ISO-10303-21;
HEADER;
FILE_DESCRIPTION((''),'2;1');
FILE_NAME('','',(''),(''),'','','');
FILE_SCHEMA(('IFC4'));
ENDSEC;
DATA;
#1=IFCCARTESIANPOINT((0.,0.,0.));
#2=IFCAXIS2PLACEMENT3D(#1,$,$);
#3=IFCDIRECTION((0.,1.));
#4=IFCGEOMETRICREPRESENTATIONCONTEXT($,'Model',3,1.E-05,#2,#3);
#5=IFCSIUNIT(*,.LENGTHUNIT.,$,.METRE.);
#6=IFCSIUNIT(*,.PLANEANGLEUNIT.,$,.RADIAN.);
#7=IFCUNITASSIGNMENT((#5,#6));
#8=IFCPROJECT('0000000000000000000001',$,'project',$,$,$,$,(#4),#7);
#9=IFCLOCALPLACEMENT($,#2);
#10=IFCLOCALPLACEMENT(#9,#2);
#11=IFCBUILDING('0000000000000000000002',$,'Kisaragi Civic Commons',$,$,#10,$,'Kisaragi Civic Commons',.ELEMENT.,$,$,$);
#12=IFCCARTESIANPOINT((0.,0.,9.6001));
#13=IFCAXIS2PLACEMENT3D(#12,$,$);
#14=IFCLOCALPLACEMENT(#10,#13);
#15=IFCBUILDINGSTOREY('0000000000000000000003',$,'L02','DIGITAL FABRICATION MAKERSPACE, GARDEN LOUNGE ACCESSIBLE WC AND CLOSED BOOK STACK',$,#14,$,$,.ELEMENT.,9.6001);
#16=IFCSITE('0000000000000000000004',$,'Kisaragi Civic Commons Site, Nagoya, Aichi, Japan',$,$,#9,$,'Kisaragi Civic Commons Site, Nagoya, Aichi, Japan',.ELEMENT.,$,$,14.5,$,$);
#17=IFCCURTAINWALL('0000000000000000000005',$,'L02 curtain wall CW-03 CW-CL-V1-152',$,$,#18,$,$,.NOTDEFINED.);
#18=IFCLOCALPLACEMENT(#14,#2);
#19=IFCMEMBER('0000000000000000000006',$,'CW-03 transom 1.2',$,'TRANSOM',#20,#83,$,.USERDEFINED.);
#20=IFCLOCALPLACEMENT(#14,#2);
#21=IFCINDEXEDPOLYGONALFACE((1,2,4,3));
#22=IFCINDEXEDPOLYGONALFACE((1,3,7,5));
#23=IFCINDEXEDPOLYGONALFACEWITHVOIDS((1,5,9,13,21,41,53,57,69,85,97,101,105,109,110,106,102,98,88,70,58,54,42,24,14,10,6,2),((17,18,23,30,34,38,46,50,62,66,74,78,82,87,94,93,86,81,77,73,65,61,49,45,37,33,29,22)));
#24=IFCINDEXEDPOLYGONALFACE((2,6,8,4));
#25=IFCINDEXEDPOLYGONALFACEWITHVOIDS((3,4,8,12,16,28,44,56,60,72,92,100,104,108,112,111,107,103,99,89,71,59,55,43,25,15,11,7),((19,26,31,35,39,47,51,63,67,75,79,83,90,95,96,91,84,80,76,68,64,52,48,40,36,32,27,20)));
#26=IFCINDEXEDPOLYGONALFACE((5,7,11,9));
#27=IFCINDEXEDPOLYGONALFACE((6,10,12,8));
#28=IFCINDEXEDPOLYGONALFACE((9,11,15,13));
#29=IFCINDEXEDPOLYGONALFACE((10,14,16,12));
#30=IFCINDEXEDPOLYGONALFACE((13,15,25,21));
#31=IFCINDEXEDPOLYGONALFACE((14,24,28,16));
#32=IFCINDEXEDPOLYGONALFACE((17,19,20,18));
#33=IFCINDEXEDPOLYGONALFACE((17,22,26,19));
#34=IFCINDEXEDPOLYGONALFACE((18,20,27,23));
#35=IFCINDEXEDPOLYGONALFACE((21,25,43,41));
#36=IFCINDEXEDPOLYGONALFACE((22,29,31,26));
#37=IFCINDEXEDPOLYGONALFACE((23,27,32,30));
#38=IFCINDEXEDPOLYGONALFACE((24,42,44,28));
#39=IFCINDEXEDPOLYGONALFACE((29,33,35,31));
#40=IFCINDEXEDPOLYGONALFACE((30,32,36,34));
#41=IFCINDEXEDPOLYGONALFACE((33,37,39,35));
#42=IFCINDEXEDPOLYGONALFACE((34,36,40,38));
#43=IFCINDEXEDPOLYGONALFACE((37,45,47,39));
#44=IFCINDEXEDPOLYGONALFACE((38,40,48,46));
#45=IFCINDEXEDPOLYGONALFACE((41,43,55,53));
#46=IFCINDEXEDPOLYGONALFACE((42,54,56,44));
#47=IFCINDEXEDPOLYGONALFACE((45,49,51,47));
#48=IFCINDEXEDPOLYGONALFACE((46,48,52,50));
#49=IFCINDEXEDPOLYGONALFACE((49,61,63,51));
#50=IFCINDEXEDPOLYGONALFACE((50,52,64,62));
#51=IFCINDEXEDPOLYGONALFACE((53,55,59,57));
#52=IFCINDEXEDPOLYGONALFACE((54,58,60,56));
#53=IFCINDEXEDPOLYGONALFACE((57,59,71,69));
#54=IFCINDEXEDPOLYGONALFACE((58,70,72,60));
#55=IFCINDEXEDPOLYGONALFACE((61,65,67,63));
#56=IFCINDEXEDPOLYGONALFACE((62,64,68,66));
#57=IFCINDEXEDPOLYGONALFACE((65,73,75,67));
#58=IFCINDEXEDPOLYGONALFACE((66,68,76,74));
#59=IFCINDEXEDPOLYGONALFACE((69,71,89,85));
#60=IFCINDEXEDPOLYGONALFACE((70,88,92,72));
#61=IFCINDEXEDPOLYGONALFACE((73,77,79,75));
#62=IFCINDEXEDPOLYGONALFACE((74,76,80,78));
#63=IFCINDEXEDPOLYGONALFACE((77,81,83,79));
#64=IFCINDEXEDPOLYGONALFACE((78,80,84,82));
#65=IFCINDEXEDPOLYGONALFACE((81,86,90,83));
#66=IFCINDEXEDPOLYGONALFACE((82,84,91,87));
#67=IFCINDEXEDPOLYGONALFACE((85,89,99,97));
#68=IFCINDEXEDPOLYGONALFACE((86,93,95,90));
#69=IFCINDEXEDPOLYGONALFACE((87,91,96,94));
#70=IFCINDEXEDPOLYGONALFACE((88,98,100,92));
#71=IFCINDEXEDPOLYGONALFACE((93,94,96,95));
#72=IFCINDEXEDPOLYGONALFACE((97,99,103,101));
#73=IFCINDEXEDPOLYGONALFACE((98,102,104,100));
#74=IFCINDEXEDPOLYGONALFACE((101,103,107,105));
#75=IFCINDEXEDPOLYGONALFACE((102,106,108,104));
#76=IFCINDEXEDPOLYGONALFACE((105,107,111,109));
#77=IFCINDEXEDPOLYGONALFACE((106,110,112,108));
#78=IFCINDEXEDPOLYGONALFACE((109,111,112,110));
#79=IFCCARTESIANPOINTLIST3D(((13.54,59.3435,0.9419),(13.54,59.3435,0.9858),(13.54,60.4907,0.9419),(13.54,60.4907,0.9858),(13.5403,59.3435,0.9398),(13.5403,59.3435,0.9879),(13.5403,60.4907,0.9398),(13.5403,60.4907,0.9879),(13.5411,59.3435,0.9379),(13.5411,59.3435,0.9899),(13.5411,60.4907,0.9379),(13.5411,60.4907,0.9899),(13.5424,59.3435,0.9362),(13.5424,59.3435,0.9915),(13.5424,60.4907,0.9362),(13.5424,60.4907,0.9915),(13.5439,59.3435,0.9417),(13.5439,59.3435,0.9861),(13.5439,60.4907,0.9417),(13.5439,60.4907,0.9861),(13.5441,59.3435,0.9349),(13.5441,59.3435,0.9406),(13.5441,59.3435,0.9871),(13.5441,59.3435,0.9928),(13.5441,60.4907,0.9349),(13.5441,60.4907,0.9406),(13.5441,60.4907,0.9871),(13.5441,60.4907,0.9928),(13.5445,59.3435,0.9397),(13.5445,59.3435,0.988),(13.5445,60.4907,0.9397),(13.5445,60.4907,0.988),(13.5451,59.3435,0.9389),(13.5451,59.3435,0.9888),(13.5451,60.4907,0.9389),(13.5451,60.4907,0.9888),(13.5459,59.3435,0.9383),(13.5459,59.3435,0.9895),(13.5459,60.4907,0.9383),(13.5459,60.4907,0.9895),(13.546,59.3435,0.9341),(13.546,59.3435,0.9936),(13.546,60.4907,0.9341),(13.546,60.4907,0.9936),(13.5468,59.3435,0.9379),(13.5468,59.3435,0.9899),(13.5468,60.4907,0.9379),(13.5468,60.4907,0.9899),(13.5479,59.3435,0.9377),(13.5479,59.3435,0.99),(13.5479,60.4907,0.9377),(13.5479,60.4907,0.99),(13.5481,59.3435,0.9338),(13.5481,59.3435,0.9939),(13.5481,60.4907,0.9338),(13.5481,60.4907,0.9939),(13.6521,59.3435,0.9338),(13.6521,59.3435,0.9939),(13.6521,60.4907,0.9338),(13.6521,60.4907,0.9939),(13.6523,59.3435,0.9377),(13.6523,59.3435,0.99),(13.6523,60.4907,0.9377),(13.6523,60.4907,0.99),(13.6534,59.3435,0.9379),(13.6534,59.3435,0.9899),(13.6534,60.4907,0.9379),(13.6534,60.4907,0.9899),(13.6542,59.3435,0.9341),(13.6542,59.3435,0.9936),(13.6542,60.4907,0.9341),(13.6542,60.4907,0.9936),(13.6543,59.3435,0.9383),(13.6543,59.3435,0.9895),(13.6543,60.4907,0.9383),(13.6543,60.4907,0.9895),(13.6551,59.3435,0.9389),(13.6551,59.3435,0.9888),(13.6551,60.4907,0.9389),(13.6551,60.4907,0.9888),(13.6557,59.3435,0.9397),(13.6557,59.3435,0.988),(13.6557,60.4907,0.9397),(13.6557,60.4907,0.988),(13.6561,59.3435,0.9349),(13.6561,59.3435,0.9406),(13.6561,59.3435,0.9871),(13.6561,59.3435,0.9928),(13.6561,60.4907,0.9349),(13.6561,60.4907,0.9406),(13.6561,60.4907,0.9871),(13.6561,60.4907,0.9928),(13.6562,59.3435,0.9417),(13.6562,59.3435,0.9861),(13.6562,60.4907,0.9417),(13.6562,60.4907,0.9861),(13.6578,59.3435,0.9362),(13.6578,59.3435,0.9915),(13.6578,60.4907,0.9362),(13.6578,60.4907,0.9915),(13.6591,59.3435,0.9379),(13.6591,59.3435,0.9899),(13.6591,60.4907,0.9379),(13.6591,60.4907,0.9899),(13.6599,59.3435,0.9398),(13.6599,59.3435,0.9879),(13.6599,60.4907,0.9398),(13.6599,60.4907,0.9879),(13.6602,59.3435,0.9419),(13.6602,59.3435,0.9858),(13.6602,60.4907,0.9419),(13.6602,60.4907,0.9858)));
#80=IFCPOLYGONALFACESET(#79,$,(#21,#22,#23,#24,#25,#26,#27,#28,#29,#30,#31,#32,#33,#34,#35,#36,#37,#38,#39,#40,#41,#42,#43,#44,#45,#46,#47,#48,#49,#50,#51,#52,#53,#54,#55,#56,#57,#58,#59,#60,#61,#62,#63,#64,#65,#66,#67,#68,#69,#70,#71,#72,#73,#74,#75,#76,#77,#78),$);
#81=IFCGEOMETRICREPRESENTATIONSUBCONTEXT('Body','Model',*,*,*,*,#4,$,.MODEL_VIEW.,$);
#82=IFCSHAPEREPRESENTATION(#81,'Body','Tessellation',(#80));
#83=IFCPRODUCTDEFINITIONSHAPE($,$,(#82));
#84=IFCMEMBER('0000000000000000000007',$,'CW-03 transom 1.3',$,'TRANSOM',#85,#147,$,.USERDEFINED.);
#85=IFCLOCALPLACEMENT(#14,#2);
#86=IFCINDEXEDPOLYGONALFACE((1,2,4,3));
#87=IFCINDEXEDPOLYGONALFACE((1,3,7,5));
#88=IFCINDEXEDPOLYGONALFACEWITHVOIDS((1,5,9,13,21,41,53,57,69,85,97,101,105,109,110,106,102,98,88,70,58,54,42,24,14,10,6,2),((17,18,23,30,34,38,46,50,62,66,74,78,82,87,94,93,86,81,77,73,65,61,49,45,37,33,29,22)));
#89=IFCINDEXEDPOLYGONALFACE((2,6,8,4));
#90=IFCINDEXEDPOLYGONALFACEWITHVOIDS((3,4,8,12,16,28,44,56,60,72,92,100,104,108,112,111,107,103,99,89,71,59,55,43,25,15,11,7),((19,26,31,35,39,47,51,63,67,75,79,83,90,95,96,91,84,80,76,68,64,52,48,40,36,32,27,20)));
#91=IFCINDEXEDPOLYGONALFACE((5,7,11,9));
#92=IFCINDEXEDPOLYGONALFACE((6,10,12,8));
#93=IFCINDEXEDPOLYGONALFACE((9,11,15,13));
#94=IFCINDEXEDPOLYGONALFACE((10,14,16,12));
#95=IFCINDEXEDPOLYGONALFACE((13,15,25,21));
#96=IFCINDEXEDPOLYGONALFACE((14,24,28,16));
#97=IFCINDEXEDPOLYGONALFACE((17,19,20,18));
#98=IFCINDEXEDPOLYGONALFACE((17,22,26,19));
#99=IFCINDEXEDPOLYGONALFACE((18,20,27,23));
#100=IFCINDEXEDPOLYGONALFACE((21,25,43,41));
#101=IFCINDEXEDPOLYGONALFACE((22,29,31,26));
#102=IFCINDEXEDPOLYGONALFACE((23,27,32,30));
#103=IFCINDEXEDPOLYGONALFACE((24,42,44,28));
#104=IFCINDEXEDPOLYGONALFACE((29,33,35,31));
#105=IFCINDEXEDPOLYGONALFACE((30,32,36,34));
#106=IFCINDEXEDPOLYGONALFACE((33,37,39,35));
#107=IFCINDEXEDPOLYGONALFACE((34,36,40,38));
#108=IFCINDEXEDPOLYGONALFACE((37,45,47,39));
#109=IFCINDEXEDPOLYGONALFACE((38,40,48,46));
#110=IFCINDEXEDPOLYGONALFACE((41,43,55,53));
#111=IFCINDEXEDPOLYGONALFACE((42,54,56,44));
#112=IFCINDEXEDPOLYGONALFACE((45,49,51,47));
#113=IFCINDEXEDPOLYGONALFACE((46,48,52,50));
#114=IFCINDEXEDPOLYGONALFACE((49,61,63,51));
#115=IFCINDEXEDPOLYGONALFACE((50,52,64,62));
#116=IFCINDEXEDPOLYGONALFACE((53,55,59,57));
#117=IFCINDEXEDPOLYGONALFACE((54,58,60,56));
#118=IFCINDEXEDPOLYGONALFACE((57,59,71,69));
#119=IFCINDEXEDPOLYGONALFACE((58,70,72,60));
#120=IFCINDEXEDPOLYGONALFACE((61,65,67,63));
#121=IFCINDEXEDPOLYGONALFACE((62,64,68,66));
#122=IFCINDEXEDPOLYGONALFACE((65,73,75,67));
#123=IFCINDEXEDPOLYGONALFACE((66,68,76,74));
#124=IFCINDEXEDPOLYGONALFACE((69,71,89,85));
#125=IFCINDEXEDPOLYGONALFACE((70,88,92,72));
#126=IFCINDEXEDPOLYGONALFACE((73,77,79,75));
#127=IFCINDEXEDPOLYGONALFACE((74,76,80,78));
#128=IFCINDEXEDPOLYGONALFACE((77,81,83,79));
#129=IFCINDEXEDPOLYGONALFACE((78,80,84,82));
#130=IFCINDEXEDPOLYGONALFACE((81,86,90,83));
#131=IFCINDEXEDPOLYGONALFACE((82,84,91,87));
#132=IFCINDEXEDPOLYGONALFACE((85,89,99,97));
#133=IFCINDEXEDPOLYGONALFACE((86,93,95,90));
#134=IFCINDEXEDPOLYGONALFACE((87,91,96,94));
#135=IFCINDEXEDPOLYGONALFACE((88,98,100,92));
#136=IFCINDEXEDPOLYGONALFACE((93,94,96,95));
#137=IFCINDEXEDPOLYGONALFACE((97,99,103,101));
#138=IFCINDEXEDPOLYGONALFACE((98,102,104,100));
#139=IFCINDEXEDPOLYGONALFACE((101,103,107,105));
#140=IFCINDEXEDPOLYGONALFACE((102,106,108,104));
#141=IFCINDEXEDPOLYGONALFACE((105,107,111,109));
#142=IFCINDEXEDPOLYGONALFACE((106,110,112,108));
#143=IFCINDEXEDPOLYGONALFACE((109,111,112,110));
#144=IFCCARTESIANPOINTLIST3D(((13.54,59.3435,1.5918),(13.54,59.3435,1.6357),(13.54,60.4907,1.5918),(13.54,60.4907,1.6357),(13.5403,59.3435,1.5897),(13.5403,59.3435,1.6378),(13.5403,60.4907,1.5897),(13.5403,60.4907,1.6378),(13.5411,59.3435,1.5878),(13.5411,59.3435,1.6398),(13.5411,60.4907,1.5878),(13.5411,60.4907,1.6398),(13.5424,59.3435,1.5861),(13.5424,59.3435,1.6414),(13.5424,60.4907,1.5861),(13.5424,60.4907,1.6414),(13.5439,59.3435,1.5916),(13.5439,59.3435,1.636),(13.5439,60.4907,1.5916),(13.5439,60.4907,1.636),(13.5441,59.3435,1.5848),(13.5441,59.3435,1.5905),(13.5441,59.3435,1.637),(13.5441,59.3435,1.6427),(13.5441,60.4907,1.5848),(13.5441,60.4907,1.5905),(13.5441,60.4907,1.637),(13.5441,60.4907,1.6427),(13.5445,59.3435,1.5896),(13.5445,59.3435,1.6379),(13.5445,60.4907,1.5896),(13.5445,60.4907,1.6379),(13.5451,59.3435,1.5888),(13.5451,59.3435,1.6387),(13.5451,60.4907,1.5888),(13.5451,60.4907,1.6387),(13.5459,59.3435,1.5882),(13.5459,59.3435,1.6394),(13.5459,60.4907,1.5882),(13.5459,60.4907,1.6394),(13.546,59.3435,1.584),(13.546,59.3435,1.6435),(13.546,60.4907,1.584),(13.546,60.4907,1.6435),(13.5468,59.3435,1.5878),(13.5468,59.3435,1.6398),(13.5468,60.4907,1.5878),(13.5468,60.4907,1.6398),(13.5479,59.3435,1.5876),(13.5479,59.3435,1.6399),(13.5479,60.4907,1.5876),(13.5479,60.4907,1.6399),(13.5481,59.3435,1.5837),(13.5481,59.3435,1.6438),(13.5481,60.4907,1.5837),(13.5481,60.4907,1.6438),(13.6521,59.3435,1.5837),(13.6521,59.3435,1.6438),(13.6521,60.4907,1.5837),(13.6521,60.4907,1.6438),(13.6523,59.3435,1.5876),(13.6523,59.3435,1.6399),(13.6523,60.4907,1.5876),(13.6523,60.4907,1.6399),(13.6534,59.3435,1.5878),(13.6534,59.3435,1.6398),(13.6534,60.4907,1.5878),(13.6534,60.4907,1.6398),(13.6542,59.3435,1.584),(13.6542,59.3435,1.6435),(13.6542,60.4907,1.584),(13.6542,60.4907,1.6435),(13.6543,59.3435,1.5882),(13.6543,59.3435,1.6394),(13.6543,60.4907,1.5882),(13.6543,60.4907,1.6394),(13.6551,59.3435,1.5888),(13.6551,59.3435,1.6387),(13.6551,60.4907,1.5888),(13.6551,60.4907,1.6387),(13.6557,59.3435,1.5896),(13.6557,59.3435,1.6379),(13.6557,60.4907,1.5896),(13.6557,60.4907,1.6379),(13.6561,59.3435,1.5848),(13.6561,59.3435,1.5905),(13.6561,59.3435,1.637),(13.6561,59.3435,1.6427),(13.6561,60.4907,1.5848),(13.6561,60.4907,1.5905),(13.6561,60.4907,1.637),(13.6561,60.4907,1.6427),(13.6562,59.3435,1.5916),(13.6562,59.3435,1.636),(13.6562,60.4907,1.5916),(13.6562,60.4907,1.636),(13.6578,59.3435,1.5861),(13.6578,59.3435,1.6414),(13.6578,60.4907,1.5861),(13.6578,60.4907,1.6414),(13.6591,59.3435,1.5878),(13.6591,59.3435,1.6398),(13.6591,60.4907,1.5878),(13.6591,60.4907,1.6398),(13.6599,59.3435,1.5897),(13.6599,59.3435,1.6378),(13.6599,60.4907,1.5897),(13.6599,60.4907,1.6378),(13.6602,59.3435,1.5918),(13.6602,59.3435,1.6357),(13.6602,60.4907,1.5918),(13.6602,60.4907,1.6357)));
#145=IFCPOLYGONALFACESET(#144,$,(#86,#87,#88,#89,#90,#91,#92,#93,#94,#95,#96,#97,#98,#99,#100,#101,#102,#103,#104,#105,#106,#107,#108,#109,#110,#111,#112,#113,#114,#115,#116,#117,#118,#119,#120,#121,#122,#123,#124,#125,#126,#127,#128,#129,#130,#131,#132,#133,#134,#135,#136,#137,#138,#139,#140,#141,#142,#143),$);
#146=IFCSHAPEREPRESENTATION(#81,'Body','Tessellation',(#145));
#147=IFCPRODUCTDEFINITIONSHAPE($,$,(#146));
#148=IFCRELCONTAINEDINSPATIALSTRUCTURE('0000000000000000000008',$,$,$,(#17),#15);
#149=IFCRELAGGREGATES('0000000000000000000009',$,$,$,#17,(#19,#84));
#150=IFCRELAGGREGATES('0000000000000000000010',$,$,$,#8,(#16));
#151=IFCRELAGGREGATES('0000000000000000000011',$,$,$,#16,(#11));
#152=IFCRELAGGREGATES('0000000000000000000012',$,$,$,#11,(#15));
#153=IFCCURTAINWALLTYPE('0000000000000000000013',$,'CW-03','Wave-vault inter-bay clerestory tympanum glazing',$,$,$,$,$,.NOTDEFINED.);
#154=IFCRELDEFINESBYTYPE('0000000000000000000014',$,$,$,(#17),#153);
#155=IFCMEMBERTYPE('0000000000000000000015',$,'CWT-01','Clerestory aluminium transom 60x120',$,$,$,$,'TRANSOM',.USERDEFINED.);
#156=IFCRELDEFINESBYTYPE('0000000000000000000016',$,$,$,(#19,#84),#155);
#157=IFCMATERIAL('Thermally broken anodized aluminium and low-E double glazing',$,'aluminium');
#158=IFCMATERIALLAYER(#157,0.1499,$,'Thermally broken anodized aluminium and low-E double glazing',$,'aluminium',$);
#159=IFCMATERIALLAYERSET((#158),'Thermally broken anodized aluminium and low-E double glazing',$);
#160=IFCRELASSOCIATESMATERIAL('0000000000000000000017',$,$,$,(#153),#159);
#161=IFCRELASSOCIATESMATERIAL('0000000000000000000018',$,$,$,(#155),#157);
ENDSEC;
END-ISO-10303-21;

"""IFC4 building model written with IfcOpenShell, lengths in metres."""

from ifc_helpers import new_model, si_unit, direction, frame, origin, origin_2d, place, context, subcontext, project, spatial, hollow_rectangle, extrude, material, layer, layer_set, material_profile, profile_set, type_object, element, aggregate, save


model = new_model("IFC4")

# Units and contexts
model_context = context("Model", 3, precision=1e-05, world=origin(), true_north=direction((0.0, 1.0)))
body_context = subcontext(model_context, "Body", "Model", "MODEL_VIEW")
ifc_project = project(units=[si_unit("LENGTHUNIT", "METRE"), si_unit("PLANEANGLEUNIT", "RADIAN")], contexts=[model_context])

# Site, building, storey
site_placement = place(None, origin())
site = spatial("IfcSite", under=ifc_project, at=site_placement, Name="Kisaragi Civic Commons Site, Nagoya, Aichi, Japan", LongName="Kisaragi Civic Commons Site, Nagoya, Aichi, Japan", CompositionType="ELEMENT", RefElevation=14.5)
building_placement = place(site_placement, origin())
building = spatial("IfcBuilding", under=site, at=building_placement, Name="Kisaragi Civic Commons", LongName="Kisaragi Civic Commons", CompositionType="ELEMENT")
storey_placement = place(building_placement, frame((0.0, 0.0, 9.6001)))
storey = spatial("IfcBuildingStorey", under=building, at=storey_placement, Name="L02", Description="DIGITAL FABRICATION MAKERSPACE, GARDEN LOUNGE ACCESSIBLE WC AND CLOSED BOOK STACK", CompositionType="ELEMENT", Elevation=9.6001)

# Curtain wall
ifc_material_1 = material(Name="Thermally broken anodized aluminium and low-E double glazing", Category="aluminium")
ifc_layer_1 = layer(ifc_material_1, 0.1499, Name="Thermally broken anodized aluminium and low-E double glazing", Category="aluminium")
ifc_layer_set_1 = layer_set([ifc_layer_1], Name="Thermally broken anodized aluminium and low-E double glazing")
curtain_wall_type_1 = type_object("IfcCurtainWallType", Name="CW-03", Description="Wave-vault inter-bay clerestory tympanum glazing", PredefinedType="NOTDEFINED", material=ifc_layer_set_1)
curtain_wall_1_placement = place(storey_placement, origin())
curtain_wall_1 = element("IfcCurtainWall", 1, at=curtain_wall_1_placement, inside=storey, type_object=curtain_wall_type_1, Name="L02 curtain wall CW-03 CW-CL-V1-152", PredefinedType="NOTDEFINED")

# Members
ifc_material_profile_1 = material_profile(ifc_material_1, hollow_rectangle(XDim=0.1201, YDim=0.0601, WallThickness=0.0039, InnerFilletRadius=0.0039, OuterFilletRadius=0.0081, at=origin_2d()), Name="CWT-60x120x4", Category="aluminium")
ifc_profile_set_1 = profile_set([ifc_material_profile_1], Name="Thermally broken anodized aluminium and low-E double glazing")
member_type_1 = type_object("IfcMemberType", Name="CWT-01", Description="Clerestory aluminium transom 60x120", ElementType="TRANSOM", PredefinedType="USERDEFINED", material=ifc_profile_set_1)
member_1_placement = place(storey_placement, frame((13.6001, 59.3435, 0.9639), z_axis=(0.0, 1.0, 0.0), x_axis=(-1.0, 0.0, 0.0)))
member_1 = element("IfcMember", 2, at=member_1_placement, type_object=member_type_1, Name="CW-03 transom 1.2", ObjectType="TRANSOM", PredefinedType="USERDEFINED", context=body_context, shape_type="SweptSolid", body=[
    extrude(hollow_rectangle(XDim=0.1201, YDim=0.0601, WallThickness=0.0039, InnerFilletRadius=0.0039, OuterFilletRadius=0.0081, at=origin_2d()), origin(), (0.0, 0.0, 1.0), 1.1472),
])
member_2_placement = place(storey_placement, frame((13.6001, 59.3435, 1.6138), z_axis=(0.0, 1.0, 0.0), x_axis=(-1.0, 0.0, 0.0)))
member_2 = element("IfcMember", 3, at=member_2_placement, type_object=member_type_1, Name="CW-03 transom 1.3", ObjectType="TRANSOM", PredefinedType="USERDEFINED", context=body_context, shape_type="SweptSolid", body=[
    extrude(hollow_rectangle(XDim=0.1201, YDim=0.0601, WallThickness=0.0039, InnerFilletRadius=0.0039, OuterFilletRadius=0.0081, at=origin_2d()), origin(), (0.0, 0.0, 1.0), 1.1472),
])

aggregate(curtain_wall_1, [member_1, member_2])

save(model, "model.ifc")
